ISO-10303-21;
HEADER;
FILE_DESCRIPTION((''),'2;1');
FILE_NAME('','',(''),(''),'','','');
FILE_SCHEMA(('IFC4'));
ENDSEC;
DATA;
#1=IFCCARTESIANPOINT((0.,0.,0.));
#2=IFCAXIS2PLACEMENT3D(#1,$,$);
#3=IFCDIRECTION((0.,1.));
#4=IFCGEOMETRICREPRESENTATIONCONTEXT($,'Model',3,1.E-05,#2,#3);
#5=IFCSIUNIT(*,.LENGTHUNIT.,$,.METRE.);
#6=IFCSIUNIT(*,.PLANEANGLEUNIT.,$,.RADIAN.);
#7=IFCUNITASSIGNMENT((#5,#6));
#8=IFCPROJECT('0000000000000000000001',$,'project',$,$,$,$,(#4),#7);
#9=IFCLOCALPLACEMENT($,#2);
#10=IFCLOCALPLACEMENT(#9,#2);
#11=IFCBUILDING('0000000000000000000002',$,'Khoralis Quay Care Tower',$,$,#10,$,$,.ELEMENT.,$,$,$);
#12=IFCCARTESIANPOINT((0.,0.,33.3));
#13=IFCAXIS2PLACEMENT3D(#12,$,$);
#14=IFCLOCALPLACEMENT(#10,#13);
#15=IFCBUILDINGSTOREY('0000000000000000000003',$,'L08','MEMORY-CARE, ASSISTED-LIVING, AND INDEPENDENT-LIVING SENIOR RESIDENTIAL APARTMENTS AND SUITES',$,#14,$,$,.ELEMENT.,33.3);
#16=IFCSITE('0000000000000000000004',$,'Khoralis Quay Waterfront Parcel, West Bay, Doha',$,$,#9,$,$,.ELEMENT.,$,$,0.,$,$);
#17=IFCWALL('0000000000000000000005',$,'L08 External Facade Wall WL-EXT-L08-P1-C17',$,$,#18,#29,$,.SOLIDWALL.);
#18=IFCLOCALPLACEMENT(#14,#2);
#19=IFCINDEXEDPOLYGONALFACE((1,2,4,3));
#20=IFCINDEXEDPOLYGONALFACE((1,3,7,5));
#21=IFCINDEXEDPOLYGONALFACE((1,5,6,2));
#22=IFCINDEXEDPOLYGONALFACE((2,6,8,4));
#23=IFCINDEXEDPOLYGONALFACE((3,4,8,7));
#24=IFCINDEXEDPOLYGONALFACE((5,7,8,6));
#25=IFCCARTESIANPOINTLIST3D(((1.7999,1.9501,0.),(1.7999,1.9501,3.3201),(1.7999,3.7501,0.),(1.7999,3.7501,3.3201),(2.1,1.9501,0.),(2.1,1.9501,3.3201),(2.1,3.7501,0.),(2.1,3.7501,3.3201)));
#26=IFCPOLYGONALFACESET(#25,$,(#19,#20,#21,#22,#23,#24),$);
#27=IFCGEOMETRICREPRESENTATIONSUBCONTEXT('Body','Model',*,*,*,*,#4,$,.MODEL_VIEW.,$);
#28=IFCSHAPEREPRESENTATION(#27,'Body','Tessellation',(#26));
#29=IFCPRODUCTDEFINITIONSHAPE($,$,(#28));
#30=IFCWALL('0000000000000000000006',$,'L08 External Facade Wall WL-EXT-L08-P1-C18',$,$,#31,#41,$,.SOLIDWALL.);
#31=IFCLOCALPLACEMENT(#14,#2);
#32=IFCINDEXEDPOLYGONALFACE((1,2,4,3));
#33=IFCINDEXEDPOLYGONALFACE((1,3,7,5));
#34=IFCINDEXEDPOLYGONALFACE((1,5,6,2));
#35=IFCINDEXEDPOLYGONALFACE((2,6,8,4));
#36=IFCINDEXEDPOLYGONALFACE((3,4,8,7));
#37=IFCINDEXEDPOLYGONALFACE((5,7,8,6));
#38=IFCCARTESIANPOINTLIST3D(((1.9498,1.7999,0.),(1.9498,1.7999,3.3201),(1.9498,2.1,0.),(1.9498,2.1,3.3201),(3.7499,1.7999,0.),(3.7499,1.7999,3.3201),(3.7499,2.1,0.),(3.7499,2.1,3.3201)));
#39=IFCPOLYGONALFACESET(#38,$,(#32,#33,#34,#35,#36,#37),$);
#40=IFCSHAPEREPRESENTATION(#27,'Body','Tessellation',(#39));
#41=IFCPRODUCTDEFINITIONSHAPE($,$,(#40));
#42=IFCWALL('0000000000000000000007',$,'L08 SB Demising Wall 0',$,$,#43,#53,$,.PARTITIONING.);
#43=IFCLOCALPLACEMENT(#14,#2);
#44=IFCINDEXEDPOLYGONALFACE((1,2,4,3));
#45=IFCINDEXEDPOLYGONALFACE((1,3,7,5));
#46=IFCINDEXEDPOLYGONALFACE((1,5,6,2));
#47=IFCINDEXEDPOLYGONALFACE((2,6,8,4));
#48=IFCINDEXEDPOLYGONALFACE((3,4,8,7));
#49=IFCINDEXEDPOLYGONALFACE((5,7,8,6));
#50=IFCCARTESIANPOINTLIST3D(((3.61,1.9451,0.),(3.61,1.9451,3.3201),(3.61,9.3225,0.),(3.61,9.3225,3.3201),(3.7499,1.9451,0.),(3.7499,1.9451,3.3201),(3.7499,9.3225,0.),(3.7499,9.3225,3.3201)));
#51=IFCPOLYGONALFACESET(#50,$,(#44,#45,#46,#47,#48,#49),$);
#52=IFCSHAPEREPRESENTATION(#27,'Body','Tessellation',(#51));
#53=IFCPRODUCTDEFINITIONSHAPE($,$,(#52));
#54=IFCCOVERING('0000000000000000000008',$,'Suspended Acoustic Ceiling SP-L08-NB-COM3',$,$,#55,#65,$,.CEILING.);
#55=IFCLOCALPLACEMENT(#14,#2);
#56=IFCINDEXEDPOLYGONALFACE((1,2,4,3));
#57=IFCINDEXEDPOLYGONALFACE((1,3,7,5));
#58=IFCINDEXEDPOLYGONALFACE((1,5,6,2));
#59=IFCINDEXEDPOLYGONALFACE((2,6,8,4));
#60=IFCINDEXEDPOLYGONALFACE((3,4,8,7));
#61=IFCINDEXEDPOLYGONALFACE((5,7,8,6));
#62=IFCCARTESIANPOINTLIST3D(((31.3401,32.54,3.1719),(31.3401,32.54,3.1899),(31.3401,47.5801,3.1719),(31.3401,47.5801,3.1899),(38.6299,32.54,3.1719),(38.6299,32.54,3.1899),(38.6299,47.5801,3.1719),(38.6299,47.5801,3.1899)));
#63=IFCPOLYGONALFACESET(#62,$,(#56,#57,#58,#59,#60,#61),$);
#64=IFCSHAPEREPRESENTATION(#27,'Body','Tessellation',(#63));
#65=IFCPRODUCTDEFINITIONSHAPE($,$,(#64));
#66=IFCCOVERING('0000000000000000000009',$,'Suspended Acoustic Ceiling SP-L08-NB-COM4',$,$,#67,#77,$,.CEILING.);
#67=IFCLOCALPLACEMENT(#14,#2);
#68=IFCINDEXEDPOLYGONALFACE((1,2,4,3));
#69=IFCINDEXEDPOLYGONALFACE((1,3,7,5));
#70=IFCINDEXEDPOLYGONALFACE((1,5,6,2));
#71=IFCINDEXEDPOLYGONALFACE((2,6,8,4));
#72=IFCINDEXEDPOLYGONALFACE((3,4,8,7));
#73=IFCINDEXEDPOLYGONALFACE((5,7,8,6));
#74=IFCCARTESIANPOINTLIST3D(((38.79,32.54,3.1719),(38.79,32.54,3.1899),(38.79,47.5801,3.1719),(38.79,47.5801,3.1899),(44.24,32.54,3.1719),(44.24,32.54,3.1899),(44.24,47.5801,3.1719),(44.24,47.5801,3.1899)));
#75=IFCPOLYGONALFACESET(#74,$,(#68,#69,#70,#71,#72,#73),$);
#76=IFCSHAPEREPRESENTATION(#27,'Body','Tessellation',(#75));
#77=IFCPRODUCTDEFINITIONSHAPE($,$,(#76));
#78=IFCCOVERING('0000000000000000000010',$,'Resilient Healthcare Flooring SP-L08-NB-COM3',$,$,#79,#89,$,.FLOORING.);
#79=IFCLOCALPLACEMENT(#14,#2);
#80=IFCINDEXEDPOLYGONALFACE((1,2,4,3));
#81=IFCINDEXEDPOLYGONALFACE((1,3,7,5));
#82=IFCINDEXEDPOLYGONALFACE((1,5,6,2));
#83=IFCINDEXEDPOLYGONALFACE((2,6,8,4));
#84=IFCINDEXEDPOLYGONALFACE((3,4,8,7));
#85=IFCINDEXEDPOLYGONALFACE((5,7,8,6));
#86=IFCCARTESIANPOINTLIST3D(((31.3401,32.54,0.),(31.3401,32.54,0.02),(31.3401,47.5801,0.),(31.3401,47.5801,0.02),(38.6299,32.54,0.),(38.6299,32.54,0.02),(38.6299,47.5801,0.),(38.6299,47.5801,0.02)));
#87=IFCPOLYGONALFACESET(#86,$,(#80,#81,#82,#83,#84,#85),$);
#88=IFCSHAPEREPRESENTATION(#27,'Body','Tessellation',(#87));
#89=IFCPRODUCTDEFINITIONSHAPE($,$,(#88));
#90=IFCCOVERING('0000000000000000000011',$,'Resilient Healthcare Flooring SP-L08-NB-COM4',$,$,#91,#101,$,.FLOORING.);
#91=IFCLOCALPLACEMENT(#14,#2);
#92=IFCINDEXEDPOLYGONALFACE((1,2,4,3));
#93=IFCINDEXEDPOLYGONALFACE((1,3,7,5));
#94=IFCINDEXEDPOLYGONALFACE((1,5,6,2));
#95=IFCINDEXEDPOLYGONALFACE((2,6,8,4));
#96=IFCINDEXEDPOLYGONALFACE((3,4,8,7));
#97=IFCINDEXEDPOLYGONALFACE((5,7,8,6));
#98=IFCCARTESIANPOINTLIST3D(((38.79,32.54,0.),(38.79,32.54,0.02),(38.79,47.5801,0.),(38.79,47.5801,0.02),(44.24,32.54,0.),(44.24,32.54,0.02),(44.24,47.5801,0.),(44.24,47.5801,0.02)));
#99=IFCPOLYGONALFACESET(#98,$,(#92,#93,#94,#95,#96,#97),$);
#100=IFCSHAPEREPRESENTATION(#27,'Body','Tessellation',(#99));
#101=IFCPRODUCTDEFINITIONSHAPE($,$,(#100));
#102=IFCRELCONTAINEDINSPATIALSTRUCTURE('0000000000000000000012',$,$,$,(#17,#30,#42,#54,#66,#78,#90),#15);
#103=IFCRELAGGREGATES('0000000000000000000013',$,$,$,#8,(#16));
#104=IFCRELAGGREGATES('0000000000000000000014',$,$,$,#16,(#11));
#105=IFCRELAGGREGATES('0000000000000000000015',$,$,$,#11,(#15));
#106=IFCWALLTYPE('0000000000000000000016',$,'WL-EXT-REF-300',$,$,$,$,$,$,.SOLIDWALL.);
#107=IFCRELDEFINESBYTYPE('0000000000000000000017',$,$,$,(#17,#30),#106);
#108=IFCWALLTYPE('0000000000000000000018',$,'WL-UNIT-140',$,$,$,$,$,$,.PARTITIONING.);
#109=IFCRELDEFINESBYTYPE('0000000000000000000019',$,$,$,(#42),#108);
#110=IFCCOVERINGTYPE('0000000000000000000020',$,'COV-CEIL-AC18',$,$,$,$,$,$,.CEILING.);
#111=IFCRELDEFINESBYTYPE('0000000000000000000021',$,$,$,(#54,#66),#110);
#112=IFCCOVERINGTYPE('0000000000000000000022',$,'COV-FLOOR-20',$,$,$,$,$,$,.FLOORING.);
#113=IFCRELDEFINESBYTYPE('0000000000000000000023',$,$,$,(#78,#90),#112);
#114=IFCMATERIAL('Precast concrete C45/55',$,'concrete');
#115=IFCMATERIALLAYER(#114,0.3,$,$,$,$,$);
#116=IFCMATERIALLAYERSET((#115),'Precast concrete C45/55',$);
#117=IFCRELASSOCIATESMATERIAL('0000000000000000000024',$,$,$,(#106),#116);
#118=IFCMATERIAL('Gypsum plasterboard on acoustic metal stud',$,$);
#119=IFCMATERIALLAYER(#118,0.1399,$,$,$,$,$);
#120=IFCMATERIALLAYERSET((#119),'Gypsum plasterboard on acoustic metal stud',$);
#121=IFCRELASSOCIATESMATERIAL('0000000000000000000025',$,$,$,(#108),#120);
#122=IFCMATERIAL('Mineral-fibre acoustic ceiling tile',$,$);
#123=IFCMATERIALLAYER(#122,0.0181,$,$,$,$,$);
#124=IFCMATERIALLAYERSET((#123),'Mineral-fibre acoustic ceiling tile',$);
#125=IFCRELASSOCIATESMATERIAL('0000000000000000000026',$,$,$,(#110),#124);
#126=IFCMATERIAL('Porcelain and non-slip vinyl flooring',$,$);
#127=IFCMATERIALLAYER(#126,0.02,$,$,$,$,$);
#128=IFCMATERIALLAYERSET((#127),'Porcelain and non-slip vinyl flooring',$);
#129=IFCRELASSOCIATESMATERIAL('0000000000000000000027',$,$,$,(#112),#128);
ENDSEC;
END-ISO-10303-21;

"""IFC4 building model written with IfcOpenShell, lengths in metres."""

from ifc_helpers import new_model, si_unit, direction, frame, frame_2d, origin, place, context, subcontext, project, spatial, polyline, rectangle, outline, extrude, material, layer, layer_set, type_object, element, save


model = new_model("IFC4")

# Units and contexts
model_context = context("Model", 3, precision=1e-05, world=origin(), true_north=direction((0.0, 1.0)))
body_context = subcontext(model_context, "Body", "Model", "MODEL_VIEW")
ifc_project = project(units=[si_unit("LENGTHUNIT", "METRE"), si_unit("PLANEANGLEUNIT", "RADIAN")], contexts=[model_context])

# Site, building, storey
site_placement = place(None, origin())
site = spatial("IfcSite", under=ifc_project, at=site_placement, Name="Khoralis Quay Waterfront Parcel, West Bay, Doha", CompositionType="ELEMENT", RefElevation=0.0)
building_placement = place(site_placement, origin())
building = spatial("IfcBuilding", under=site, at=building_placement, Name="Khoralis Quay Care Tower", CompositionType="ELEMENT")
storey_placement = place(building_placement, frame((0.0, 0.0, 33.3)))
storey = spatial("IfcBuildingStorey", under=building, at=storey_placement, Name="L08", Description="MEMORY-CARE, ASSISTED-LIVING, AND INDEPENDENT-LIVING SENIOR RESIDENTIAL APARTMENTS AND SUITES", CompositionType="ELEMENT", Elevation=33.3)

# Shared definitions
ifc_material_1 = material(Name="Gypsum plasterboard on acoustic metal stud")

# Walls
ifc_material_2 = material(Name="Precast concrete C45/55", Category="concrete")
ifc_layer_1 = layer(ifc_material_2, 0.3)
ifc_layer_set_1 = layer_set([ifc_layer_1], Name="Precast concrete C45/55")
wall_type_1 = type_object("IfcWallType", Name="WL-EXT-REF-300", PredefinedType="SOLIDWALL", material=ifc_layer_set_1)
for number, where, z_axis, x_axis, name in (
    (1, (1.95, 3.75, 0.0), (0.0, 0.0, 1.0), (0.0, -1.0, 0.0), "L08 External Facade Wall WL-EXT-L08-P1-C17"),
    (2, (1.95, 1.95, 0.0), (0.0, 0.0, 1.0), (1.0, 0.0, 0.0), "L08 External Facade Wall WL-EXT-L08-P1-C18"),
):
    element("IfcWall", number, at=place(storey_placement, frame(where, z_axis=z_axis, x_axis=x_axis)), inside=storey, type_object=wall_type_1, Name=name, PredefinedType="SOLIDWALL", context=body_context, shape_type="SweptSolid", body=[
        extrude(rectangle(XDim=1.8, YDim=0.3, at=frame_2d((0.8999, 0.0))), origin(), (0.0, 0.0, 1.0), 3.3201),
    ])
ifc_layer_2 = layer(ifc_material_1, 0.1399)
ifc_layer_set_2 = layer_set([ifc_layer_2], Name="Gypsum plasterboard on acoustic metal stud")
wall_type_2 = type_object("IfcWallType", Name="WL-UNIT-140", PredefinedType="PARTITIONING", material=ifc_layer_set_2)
wall_1_placement = place(storey_placement, frame((3.6799, 1.9451, 0.0), z_axis=(0.0, 0.0, 1.0), x_axis=(0.0, 1.0, 0.0)))
element("IfcWall", 3, at=wall_1_placement, inside=storey, type_object=wall_type_2, Name="L08 SB Demising Wall 0", PredefinedType="PARTITIONING", context=body_context, shape_type="SweptSolid", body=[
    extrude(rectangle(XDim=7.3774, YDim=0.1399, at=frame_2d((3.6887, 0.0))), origin(), (0.0, 0.0, 1.0), 3.3201),
])

# Coverings
ifc_material_3 = material(Name="Mineral-fibre acoustic ceiling tile")
ifc_layer_3 = layer(ifc_material_3, 0.0181)
ifc_layer_set_3 = layer_set([ifc_layer_3], Name="Mineral-fibre acoustic ceiling tile")
covering_type_1 = type_object("IfcCoveringType", Name="COV-CEIL-AC18", PredefinedType="CEILING", material=ifc_layer_set_3)
covering_1_placement = place(storey_placement, frame((0.0, 0.0, 3.1719)))
element("IfcCovering", 4, at=covering_1_placement, inside=storey, type_object=covering_type_1, Name="Suspended Acoustic Ceiling SP-L08-NB-COM3", PredefinedType="CEILING", context=body_context, shape_type="SweptSolid", body=[
    extrude(outline(polyline([(31.3401, 32.54), (38.6299, 32.54), (38.6299, 47.5801), (31.3401, 47.5801), (31.3401, 32.54)])), origin(), (0.0, 0.0, 1.0), 0.0181),
])
covering_2_placement = place(storey_placement, frame((0.0, 0.0, 3.1719)))
element("IfcCovering", 5, at=covering_2_placement, inside=storey, type_object=covering_type_1, Name="Suspended Acoustic Ceiling SP-L08-NB-COM4", PredefinedType="CEILING", context=body_context, shape_type="SweptSolid", body=[
    extrude(outline(polyline([(38.79, 32.54), (44.24, 32.54), (44.24, 47.5801), (38.79, 47.5801), (38.79, 32.54)])), origin(), (0.0, 0.0, 1.0), 0.0181),
])
ifc_material_4 = material(Name="Porcelain and non-slip vinyl flooring")
ifc_layer_4 = layer(ifc_material_4, 0.02)
ifc_layer_set_4 = layer_set([ifc_layer_4], Name="Porcelain and non-slip vinyl flooring")
covering_type_2 = type_object("IfcCoveringType", Name="COV-FLOOR-20", PredefinedType="FLOORING", material=ifc_layer_set_4)
covering_3_placement = place(storey_placement, origin())
element("IfcCovering", 6, at=covering_3_placement, inside=storey, type_object=covering_type_2, Name="Resilient Healthcare Flooring SP-L08-NB-COM3", PredefinedType="FLOORING", context=body_context, shape_type="SweptSolid", body=[
    extrude(outline(polyline([(31.3401, 32.54), (38.6299, 32.54), (38.6299, 47.5801), (31.3401, 47.5801), (31.3401, 32.54)])), origin(), (0.0, 0.0, 1.0), 0.02),
])
covering_4_placement = place(storey_placement, origin())
element("IfcCovering", 7, at=covering_4_placement, inside=storey, type_object=covering_type_2, Name="Resilient Healthcare Flooring SP-L08-NB-COM4", PredefinedType="FLOORING", context=body_context, shape_type="SweptSolid", body=[
    extrude(outline(polyline([(38.79, 32.54), (44.24, 32.54), (44.24, 47.5801), (38.79, 47.5801), (38.79, 32.54)])), origin(), (0.0, 0.0, 1.0), 0.02),
])

save(model, "model.ifc")
